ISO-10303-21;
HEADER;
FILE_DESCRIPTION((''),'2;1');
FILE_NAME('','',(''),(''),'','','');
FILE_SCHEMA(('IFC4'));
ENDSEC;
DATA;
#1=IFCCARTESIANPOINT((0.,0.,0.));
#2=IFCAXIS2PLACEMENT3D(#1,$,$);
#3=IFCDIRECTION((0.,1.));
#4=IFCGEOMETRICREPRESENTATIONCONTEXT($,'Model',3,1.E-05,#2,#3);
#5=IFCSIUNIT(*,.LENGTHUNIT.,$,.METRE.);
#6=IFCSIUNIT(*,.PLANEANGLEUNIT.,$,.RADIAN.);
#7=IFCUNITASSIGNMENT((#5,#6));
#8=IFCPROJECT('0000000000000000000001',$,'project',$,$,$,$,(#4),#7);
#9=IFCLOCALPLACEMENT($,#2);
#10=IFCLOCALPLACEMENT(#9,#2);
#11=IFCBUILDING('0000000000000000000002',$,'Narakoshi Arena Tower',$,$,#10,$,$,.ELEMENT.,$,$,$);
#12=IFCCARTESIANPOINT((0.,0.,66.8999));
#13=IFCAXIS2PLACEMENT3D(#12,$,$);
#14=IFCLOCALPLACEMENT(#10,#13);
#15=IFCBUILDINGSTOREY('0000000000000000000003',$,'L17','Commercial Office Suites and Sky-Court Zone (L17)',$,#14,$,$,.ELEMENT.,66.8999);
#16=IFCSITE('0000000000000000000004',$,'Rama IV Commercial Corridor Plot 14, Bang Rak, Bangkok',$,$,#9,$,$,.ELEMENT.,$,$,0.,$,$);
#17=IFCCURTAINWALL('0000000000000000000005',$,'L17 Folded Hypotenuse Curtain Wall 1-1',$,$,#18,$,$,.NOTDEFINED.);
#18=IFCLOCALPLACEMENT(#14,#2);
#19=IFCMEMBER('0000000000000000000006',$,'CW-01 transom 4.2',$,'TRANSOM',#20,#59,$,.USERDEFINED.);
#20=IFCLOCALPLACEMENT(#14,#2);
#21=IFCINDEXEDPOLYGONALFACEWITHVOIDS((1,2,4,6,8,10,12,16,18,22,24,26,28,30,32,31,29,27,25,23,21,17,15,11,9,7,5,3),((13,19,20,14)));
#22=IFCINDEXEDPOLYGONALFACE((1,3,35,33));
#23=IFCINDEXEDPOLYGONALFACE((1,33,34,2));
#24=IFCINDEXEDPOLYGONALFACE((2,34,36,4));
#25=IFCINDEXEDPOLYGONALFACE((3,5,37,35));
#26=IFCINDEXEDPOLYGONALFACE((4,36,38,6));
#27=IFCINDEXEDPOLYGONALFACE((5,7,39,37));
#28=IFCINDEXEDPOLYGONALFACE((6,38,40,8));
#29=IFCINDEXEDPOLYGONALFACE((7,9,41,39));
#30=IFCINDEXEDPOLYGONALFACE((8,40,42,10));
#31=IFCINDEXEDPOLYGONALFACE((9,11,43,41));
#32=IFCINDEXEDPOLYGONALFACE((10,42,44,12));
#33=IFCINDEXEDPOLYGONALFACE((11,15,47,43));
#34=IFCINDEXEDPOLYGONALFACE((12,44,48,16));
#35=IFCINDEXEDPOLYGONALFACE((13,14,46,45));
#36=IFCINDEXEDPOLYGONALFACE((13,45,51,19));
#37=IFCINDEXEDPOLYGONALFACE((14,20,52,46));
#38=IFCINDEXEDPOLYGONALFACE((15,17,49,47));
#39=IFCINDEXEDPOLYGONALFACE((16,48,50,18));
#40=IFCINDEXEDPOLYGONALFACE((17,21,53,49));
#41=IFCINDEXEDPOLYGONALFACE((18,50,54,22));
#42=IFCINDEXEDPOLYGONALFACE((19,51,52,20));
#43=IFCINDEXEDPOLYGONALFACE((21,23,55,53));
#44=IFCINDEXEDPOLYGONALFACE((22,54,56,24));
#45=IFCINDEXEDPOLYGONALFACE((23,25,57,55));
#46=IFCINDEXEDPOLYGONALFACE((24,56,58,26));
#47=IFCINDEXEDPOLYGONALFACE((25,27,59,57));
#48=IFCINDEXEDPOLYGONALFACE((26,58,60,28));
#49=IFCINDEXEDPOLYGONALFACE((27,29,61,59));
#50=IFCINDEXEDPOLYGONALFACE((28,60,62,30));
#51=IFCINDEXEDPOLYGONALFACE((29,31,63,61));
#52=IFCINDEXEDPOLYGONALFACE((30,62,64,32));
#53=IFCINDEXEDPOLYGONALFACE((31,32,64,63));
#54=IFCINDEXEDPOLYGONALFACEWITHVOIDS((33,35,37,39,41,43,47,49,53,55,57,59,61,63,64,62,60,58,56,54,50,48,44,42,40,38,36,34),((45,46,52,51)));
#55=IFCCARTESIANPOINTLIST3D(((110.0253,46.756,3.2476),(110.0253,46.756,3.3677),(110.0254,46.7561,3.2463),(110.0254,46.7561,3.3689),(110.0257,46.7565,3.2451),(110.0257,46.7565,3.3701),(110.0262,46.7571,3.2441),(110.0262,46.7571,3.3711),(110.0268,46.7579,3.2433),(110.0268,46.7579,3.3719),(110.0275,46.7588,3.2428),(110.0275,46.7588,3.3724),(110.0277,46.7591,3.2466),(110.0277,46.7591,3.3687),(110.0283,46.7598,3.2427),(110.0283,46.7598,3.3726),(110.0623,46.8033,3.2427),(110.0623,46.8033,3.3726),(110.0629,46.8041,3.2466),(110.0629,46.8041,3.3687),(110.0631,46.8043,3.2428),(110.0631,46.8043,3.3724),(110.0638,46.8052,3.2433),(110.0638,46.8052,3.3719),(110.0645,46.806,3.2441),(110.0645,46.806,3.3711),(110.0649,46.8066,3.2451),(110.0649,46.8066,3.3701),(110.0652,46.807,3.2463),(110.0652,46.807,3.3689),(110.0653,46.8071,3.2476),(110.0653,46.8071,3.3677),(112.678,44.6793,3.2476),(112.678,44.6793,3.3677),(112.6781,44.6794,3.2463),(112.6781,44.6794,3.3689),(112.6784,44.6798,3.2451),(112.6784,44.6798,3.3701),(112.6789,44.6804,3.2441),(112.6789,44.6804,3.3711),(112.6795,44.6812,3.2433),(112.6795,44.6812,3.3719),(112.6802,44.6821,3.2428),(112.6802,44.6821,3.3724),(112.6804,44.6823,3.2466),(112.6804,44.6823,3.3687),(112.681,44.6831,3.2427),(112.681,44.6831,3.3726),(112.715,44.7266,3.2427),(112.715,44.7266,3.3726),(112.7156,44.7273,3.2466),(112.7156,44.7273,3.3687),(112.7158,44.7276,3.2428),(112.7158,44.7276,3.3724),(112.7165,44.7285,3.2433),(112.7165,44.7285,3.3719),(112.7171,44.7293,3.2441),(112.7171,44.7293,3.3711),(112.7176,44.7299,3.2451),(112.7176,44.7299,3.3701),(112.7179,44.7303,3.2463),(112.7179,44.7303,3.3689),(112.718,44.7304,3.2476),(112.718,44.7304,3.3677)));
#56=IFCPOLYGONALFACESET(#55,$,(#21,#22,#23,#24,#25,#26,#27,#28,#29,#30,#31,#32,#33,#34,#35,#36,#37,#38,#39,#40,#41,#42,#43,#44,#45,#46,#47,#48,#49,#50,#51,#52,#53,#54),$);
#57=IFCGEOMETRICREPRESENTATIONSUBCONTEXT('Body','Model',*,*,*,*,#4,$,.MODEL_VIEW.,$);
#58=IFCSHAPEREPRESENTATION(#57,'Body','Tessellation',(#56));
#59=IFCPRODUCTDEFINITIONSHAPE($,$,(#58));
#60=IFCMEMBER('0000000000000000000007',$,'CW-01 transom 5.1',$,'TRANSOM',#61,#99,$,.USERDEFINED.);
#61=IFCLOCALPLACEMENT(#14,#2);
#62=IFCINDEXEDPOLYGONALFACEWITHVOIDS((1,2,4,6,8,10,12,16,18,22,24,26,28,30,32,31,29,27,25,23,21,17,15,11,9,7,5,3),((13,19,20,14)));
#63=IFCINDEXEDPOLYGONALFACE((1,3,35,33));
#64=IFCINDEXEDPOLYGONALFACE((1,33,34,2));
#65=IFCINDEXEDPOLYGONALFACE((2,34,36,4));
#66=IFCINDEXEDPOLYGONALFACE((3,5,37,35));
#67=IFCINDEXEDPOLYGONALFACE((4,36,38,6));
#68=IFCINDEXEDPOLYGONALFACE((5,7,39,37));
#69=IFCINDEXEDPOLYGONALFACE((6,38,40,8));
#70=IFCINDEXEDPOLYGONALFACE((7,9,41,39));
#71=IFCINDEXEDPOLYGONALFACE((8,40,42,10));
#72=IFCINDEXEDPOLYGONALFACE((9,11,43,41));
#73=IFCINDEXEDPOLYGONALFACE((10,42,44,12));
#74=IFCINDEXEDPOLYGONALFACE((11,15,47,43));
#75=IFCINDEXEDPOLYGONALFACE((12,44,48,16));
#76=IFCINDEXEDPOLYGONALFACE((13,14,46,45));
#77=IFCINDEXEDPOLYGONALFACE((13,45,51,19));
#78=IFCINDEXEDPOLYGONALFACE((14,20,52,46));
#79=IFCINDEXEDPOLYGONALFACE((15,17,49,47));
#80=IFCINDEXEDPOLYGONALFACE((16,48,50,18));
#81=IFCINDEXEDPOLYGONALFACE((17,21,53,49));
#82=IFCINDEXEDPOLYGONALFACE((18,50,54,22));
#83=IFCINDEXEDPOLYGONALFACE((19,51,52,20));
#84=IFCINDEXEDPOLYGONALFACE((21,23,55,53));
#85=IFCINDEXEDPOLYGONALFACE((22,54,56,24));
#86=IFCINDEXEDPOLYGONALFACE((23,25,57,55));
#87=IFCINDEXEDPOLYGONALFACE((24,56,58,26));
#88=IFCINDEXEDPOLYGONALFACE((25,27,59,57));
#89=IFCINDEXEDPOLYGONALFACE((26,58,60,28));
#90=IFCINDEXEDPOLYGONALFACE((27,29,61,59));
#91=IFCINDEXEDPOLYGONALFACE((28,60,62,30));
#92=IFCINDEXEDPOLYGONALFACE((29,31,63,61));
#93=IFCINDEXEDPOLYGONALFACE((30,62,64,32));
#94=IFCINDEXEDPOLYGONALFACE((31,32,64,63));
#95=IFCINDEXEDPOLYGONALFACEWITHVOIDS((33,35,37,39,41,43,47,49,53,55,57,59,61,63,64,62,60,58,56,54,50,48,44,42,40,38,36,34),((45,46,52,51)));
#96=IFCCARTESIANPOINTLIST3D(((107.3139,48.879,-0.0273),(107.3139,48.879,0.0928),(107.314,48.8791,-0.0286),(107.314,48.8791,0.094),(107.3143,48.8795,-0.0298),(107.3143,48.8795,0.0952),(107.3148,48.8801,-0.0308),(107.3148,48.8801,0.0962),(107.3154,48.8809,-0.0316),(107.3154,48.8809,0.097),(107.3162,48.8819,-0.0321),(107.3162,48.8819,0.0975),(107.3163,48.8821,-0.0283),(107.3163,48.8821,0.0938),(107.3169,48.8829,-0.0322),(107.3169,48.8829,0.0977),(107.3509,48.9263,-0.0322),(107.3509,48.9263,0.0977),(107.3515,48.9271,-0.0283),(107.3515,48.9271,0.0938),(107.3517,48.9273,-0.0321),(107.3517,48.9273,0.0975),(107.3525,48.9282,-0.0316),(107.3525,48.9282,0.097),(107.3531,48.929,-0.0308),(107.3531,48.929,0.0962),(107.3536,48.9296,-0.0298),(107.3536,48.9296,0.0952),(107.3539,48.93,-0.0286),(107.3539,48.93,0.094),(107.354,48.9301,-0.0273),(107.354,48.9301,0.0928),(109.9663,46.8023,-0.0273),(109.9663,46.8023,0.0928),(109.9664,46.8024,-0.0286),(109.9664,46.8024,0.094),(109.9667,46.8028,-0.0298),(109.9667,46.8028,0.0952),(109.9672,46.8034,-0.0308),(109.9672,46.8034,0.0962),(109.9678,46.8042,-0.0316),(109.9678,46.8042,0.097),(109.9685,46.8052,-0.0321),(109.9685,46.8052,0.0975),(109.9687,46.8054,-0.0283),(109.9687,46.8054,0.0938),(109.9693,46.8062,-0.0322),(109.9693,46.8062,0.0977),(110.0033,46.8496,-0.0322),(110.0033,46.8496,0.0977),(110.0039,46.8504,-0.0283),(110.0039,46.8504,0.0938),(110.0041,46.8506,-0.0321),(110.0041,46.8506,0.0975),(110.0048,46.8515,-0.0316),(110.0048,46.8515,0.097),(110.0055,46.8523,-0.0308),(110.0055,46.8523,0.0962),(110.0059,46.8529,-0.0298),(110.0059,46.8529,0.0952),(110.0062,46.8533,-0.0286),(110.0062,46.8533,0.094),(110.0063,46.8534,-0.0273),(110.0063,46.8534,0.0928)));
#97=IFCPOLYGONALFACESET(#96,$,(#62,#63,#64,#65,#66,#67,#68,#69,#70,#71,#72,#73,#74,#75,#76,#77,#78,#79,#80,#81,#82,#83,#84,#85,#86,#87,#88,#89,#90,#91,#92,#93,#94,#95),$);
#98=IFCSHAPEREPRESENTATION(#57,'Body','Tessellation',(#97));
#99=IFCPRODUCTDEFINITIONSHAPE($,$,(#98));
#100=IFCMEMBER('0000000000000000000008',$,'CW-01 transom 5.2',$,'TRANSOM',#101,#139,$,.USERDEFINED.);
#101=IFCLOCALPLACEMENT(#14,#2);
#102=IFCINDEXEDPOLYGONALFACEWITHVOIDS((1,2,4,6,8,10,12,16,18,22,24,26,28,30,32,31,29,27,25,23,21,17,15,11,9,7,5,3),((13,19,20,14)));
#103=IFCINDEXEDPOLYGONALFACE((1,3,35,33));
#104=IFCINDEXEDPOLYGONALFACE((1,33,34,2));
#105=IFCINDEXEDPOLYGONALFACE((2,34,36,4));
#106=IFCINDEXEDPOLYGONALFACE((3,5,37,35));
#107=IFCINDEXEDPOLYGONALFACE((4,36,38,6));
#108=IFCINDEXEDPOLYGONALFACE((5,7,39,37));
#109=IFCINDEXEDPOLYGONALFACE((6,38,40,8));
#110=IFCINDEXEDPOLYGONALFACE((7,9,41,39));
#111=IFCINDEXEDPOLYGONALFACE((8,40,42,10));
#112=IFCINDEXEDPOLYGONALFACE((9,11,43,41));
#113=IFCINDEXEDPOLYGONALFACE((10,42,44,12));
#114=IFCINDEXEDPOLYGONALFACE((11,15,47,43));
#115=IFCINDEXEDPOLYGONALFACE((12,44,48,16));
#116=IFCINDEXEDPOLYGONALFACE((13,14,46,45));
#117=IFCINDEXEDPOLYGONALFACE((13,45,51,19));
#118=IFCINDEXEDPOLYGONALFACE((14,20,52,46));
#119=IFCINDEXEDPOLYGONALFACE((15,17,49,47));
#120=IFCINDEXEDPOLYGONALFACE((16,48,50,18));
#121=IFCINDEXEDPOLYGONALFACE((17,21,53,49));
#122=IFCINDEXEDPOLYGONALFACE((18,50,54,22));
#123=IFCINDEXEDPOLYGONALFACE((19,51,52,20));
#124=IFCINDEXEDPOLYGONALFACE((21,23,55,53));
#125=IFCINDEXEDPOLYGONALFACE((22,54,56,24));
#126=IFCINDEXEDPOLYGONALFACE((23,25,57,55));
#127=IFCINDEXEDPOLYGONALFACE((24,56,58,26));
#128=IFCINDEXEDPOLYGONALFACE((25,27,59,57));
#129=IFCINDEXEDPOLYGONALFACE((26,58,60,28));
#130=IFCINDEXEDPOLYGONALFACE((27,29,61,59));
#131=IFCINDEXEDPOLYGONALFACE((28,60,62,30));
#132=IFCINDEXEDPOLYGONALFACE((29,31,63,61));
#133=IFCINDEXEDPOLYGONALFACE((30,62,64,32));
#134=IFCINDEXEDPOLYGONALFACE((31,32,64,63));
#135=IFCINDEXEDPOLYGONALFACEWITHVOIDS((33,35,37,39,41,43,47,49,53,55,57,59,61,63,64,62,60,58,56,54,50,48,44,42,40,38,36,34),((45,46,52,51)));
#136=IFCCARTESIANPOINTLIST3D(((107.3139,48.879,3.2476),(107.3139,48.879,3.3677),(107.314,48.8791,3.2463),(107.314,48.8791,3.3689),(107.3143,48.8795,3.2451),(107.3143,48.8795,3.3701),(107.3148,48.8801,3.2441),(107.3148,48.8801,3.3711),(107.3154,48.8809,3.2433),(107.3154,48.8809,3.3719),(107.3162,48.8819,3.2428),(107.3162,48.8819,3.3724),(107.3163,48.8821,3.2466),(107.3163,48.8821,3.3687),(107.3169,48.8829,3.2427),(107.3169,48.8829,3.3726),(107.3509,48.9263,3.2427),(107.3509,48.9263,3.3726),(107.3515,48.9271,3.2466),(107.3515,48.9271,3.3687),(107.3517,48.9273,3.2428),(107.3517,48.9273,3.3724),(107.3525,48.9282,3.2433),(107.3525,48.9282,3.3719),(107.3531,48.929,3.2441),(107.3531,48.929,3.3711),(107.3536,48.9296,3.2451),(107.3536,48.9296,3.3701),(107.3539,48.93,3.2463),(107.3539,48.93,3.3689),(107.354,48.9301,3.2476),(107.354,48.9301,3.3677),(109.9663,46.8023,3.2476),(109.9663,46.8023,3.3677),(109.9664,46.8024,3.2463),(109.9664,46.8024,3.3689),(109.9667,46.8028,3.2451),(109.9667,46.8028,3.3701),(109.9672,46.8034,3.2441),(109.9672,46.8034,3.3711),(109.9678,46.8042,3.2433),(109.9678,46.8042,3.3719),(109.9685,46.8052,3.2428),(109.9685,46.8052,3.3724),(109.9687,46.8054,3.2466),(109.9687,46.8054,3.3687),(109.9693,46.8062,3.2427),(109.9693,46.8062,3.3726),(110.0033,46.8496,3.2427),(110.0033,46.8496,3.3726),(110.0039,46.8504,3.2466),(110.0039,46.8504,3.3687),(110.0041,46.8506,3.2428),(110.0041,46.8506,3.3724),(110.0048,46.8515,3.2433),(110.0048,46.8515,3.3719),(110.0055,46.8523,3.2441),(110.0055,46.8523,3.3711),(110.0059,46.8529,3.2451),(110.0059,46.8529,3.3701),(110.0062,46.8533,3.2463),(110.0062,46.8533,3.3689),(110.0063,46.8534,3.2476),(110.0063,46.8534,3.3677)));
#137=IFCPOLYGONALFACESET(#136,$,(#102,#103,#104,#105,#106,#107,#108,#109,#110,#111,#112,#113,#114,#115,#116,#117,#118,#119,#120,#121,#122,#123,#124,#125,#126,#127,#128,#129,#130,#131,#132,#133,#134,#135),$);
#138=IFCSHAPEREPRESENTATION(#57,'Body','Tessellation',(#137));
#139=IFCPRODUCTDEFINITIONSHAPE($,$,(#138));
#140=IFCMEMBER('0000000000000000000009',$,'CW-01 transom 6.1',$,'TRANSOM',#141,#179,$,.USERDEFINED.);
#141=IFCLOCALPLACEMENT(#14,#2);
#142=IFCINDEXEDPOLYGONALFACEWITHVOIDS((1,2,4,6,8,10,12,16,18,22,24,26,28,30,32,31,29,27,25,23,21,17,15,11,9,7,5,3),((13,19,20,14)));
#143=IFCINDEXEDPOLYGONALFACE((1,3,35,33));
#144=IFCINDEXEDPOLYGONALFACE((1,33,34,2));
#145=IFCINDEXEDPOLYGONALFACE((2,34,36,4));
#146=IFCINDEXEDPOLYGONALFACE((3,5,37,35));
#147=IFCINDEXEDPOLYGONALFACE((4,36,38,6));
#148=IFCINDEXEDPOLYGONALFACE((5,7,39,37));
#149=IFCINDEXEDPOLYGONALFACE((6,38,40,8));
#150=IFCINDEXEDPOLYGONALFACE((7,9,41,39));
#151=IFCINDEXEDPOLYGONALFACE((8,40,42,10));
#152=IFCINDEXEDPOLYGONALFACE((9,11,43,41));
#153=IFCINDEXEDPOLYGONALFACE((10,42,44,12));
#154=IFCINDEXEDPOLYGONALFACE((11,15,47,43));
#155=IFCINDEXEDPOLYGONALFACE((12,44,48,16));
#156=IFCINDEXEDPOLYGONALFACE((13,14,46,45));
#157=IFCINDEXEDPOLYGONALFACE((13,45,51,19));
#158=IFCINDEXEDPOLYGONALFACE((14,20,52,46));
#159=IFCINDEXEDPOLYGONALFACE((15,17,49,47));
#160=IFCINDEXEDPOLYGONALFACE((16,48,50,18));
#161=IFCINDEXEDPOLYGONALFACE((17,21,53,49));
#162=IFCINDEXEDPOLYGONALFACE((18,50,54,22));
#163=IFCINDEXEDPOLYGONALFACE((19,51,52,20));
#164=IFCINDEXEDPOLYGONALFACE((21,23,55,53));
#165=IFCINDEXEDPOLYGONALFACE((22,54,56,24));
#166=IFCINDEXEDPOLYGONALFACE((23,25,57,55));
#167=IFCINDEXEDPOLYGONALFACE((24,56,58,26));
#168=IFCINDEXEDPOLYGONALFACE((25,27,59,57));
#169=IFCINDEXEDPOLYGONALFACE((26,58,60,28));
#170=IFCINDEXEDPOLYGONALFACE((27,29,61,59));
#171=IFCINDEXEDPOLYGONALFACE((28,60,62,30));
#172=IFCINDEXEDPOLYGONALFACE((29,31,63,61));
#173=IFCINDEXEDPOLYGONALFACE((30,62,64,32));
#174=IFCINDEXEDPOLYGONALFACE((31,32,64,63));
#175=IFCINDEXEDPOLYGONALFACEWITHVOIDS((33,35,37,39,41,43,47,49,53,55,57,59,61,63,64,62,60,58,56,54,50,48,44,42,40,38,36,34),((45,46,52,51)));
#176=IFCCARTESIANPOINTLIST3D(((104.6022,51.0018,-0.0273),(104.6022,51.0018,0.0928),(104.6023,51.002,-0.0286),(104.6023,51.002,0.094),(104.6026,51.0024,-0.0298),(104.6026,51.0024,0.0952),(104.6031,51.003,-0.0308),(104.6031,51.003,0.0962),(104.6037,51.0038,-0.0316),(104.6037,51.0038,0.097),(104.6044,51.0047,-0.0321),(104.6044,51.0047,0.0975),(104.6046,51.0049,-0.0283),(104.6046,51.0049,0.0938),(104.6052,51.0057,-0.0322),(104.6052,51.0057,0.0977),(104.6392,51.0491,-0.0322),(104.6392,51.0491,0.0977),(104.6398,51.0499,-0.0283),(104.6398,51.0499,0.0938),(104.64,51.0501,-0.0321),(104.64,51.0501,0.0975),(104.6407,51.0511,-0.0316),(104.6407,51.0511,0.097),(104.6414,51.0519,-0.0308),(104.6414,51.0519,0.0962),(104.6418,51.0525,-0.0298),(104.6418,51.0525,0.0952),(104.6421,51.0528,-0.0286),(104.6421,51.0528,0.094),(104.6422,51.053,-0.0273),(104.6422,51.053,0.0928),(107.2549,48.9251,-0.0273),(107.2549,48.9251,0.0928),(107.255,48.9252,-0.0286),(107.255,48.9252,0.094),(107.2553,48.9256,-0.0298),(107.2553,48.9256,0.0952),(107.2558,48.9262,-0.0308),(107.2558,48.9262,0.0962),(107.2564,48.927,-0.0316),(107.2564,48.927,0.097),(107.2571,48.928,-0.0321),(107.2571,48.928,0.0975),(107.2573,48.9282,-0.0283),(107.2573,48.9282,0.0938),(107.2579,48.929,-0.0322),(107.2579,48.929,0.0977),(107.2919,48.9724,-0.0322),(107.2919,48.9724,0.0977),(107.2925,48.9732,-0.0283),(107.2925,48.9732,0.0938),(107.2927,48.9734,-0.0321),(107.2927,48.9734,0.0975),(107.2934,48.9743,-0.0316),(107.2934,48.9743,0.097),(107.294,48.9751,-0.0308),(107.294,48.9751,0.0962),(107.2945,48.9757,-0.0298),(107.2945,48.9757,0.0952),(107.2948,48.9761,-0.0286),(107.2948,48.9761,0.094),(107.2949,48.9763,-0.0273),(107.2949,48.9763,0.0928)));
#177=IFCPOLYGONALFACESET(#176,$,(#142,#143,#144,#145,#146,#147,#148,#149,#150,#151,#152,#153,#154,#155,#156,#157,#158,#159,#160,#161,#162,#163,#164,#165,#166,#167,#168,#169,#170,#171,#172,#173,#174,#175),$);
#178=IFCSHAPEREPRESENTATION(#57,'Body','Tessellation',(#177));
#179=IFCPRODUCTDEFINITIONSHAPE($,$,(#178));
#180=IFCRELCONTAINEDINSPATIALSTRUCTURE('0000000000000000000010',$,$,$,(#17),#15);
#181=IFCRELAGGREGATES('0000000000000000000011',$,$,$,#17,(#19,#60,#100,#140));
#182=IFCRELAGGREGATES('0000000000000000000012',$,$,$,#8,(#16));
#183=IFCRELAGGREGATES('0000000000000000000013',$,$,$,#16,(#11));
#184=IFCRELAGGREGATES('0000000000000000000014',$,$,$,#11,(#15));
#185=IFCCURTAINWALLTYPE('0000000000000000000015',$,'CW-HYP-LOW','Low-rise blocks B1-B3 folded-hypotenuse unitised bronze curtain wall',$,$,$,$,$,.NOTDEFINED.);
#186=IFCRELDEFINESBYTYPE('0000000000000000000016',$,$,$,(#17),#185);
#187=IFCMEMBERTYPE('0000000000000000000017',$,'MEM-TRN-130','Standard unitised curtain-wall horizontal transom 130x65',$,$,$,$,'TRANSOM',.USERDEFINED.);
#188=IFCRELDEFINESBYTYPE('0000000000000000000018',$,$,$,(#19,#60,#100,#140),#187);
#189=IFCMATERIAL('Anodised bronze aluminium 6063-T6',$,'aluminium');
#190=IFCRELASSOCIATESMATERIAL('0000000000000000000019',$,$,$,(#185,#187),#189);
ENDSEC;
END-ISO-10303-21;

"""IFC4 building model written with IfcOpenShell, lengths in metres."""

from ifc_helpers import new_model, si_unit, direction, frame, origin, origin_2d, place, context, subcontext, project, spatial, hollow_rectangle, extrude, material, material_profile, profile_set, type_object, element, aggregate, save


model = new_model("IFC4")

# Units and contexts
model_context = context("Model", 3, precision=1e-05, world=origin(), true_north=direction((0.0, 1.0)))
body_context = subcontext(model_context, "Body", "Model", "MODEL_VIEW")
ifc_project = project(units=[si_unit("LENGTHUNIT", "METRE"), si_unit("PLANEANGLEUNIT", "RADIAN")], contexts=[model_context])

# Site, building, storey
site_placement = place(None, origin())
site = spatial("IfcSite", under=ifc_project, at=site_placement, Name="Rama IV Commercial Corridor Plot 14, Bang Rak, Bangkok", CompositionType="ELEMENT", RefElevation=0.0)
building_placement = place(site_placement, origin())
building = spatial("IfcBuilding", under=site, at=building_placement, Name="Narakoshi Arena Tower", CompositionType="ELEMENT")
storey_placement = place(building_placement, frame((0.0, 0.0, 66.8999)))
storey = spatial("IfcBuildingStorey", under=building, at=storey_placement, Name="L17", Description="Commercial Office Suites and Sky-Court Zone (L17)", CompositionType="ELEMENT", Elevation=66.8999)

# Curtain wall, members
ifc_material_1 = material(Name="Anodised bronze aluminium 6063-T6", Category="aluminium")
curtain_wall_type = type_object("IfcCurtainWallType", Name="CW-HYP-LOW", Description="Low-rise blocks B1-B3 folded-hypotenuse unitised bronze curtain wall", PredefinedType="NOTDEFINED", material=ifc_material_1)
curtain_wall_placement = place(storey_placement, origin())
curtain_wall = element("IfcCurtainWall", 1, at=curtain_wall_placement, inside=storey, type_object=curtain_wall_type, Name="L17 Folded Hypotenuse Curtain Wall 1-1", PredefinedType="NOTDEFINED")
ifc_material_profile_1 = material_profile(ifc_material_1, hollow_rectangle(XDim=0.0649, YDim=0.1299, WallThickness=0.0039, OuterFilletRadius=0.0049, at=origin_2d()), Name="TRN130x65x4")
ifc_profile_set_1 = profile_set([ifc_material_profile_1], Name="Anodised bronze aluminium 6063-T6")
member_type_1 = type_object("IfcMemberType", Name="MEM-TRN-130", Description="Standard unitised curtain-wall horizontal transom 130x65", ElementType="TRANSOM", PredefinedType="USERDEFINED", material=ifc_profile_set_1)
member_1_placement = place(storey_placement, frame((112.698, 44.7048, 3.3076), z_axis=(-0.787401, 0.616441, 0.0), x_axis=(-0.616441, -0.787401, 0.0)))
member_1 = element("IfcMember", 2, at=member_1_placement, type_object=member_type_1, Name="CW-01 transom 4.2", ObjectType="TRANSOM", PredefinedType="USERDEFINED", context=body_context, shape_type="SweptSolid", body=[
    extrude(hollow_rectangle(XDim=0.0649, YDim=0.1299, WallThickness=0.0039, OuterFilletRadius=0.0049, at=origin_2d()), origin(), (0.0, 0.0, 1.0), 3.3689),
])
member_2_placement = place(storey_placement, frame((109.9863, 46.8279, 0.0327), z_axis=(-0.787373, 0.616476, 0.0), x_axis=(-0.616476, -0.787373, 0.0)))
member_2 = element("IfcMember", 3, at=member_2_placement, type_object=member_type_1, Name="CW-01 transom 5.1", ObjectType="TRANSOM", PredefinedType="USERDEFINED", context=body_context, shape_type="SweptSolid", body=[
    extrude(hollow_rectangle(XDim=0.0649, YDim=0.1299, WallThickness=0.0039, OuterFilletRadius=0.0049, at=origin_2d()), origin(), (0.0, 0.0, 1.0), 3.3687),
])
member_3_placement = place(storey_placement, frame((109.9863, 46.8279, 3.3076), z_axis=(-0.787373, 0.616476, 0.0), x_axis=(-0.616476, -0.787373, 0.0)))
member_3 = element("IfcMember", 4, at=member_3_placement, type_object=member_type_1, Name="CW-01 transom 5.2", ObjectType="TRANSOM", PredefinedType="USERDEFINED", context=body_context, shape_type="SweptSolid", body=[
    extrude(hollow_rectangle(XDim=0.0649, YDim=0.1299, WallThickness=0.0039, OuterFilletRadius=0.0049, at=origin_2d()), origin(), (0.0, 0.0, 1.0), 3.3687),
])
member_4_placement = place(storey_placement, frame((107.2749, 48.9507, 0.0327), z_axis=(-0.787401, 0.616441, 0.0), x_axis=(-0.616441, -0.787401, 0.0)))
member_4 = element("IfcMember", 5, at=member_4_placement, type_object=member_type_1, Name="CW-01 transom 6.1", ObjectType="TRANSOM", PredefinedType="USERDEFINED", context=body_context, shape_type="SweptSolid", body=[
    extrude(hollow_rectangle(XDim=0.0649, YDim=0.1299, WallThickness=0.0039, OuterFilletRadius=0.0049, at=origin_2d()), origin(), (0.0, 0.0, 1.0), 3.3689),
])
aggregate(curtain_wall, [member_1, member_2, member_3, member_4])

save(model, "model.ifc")
